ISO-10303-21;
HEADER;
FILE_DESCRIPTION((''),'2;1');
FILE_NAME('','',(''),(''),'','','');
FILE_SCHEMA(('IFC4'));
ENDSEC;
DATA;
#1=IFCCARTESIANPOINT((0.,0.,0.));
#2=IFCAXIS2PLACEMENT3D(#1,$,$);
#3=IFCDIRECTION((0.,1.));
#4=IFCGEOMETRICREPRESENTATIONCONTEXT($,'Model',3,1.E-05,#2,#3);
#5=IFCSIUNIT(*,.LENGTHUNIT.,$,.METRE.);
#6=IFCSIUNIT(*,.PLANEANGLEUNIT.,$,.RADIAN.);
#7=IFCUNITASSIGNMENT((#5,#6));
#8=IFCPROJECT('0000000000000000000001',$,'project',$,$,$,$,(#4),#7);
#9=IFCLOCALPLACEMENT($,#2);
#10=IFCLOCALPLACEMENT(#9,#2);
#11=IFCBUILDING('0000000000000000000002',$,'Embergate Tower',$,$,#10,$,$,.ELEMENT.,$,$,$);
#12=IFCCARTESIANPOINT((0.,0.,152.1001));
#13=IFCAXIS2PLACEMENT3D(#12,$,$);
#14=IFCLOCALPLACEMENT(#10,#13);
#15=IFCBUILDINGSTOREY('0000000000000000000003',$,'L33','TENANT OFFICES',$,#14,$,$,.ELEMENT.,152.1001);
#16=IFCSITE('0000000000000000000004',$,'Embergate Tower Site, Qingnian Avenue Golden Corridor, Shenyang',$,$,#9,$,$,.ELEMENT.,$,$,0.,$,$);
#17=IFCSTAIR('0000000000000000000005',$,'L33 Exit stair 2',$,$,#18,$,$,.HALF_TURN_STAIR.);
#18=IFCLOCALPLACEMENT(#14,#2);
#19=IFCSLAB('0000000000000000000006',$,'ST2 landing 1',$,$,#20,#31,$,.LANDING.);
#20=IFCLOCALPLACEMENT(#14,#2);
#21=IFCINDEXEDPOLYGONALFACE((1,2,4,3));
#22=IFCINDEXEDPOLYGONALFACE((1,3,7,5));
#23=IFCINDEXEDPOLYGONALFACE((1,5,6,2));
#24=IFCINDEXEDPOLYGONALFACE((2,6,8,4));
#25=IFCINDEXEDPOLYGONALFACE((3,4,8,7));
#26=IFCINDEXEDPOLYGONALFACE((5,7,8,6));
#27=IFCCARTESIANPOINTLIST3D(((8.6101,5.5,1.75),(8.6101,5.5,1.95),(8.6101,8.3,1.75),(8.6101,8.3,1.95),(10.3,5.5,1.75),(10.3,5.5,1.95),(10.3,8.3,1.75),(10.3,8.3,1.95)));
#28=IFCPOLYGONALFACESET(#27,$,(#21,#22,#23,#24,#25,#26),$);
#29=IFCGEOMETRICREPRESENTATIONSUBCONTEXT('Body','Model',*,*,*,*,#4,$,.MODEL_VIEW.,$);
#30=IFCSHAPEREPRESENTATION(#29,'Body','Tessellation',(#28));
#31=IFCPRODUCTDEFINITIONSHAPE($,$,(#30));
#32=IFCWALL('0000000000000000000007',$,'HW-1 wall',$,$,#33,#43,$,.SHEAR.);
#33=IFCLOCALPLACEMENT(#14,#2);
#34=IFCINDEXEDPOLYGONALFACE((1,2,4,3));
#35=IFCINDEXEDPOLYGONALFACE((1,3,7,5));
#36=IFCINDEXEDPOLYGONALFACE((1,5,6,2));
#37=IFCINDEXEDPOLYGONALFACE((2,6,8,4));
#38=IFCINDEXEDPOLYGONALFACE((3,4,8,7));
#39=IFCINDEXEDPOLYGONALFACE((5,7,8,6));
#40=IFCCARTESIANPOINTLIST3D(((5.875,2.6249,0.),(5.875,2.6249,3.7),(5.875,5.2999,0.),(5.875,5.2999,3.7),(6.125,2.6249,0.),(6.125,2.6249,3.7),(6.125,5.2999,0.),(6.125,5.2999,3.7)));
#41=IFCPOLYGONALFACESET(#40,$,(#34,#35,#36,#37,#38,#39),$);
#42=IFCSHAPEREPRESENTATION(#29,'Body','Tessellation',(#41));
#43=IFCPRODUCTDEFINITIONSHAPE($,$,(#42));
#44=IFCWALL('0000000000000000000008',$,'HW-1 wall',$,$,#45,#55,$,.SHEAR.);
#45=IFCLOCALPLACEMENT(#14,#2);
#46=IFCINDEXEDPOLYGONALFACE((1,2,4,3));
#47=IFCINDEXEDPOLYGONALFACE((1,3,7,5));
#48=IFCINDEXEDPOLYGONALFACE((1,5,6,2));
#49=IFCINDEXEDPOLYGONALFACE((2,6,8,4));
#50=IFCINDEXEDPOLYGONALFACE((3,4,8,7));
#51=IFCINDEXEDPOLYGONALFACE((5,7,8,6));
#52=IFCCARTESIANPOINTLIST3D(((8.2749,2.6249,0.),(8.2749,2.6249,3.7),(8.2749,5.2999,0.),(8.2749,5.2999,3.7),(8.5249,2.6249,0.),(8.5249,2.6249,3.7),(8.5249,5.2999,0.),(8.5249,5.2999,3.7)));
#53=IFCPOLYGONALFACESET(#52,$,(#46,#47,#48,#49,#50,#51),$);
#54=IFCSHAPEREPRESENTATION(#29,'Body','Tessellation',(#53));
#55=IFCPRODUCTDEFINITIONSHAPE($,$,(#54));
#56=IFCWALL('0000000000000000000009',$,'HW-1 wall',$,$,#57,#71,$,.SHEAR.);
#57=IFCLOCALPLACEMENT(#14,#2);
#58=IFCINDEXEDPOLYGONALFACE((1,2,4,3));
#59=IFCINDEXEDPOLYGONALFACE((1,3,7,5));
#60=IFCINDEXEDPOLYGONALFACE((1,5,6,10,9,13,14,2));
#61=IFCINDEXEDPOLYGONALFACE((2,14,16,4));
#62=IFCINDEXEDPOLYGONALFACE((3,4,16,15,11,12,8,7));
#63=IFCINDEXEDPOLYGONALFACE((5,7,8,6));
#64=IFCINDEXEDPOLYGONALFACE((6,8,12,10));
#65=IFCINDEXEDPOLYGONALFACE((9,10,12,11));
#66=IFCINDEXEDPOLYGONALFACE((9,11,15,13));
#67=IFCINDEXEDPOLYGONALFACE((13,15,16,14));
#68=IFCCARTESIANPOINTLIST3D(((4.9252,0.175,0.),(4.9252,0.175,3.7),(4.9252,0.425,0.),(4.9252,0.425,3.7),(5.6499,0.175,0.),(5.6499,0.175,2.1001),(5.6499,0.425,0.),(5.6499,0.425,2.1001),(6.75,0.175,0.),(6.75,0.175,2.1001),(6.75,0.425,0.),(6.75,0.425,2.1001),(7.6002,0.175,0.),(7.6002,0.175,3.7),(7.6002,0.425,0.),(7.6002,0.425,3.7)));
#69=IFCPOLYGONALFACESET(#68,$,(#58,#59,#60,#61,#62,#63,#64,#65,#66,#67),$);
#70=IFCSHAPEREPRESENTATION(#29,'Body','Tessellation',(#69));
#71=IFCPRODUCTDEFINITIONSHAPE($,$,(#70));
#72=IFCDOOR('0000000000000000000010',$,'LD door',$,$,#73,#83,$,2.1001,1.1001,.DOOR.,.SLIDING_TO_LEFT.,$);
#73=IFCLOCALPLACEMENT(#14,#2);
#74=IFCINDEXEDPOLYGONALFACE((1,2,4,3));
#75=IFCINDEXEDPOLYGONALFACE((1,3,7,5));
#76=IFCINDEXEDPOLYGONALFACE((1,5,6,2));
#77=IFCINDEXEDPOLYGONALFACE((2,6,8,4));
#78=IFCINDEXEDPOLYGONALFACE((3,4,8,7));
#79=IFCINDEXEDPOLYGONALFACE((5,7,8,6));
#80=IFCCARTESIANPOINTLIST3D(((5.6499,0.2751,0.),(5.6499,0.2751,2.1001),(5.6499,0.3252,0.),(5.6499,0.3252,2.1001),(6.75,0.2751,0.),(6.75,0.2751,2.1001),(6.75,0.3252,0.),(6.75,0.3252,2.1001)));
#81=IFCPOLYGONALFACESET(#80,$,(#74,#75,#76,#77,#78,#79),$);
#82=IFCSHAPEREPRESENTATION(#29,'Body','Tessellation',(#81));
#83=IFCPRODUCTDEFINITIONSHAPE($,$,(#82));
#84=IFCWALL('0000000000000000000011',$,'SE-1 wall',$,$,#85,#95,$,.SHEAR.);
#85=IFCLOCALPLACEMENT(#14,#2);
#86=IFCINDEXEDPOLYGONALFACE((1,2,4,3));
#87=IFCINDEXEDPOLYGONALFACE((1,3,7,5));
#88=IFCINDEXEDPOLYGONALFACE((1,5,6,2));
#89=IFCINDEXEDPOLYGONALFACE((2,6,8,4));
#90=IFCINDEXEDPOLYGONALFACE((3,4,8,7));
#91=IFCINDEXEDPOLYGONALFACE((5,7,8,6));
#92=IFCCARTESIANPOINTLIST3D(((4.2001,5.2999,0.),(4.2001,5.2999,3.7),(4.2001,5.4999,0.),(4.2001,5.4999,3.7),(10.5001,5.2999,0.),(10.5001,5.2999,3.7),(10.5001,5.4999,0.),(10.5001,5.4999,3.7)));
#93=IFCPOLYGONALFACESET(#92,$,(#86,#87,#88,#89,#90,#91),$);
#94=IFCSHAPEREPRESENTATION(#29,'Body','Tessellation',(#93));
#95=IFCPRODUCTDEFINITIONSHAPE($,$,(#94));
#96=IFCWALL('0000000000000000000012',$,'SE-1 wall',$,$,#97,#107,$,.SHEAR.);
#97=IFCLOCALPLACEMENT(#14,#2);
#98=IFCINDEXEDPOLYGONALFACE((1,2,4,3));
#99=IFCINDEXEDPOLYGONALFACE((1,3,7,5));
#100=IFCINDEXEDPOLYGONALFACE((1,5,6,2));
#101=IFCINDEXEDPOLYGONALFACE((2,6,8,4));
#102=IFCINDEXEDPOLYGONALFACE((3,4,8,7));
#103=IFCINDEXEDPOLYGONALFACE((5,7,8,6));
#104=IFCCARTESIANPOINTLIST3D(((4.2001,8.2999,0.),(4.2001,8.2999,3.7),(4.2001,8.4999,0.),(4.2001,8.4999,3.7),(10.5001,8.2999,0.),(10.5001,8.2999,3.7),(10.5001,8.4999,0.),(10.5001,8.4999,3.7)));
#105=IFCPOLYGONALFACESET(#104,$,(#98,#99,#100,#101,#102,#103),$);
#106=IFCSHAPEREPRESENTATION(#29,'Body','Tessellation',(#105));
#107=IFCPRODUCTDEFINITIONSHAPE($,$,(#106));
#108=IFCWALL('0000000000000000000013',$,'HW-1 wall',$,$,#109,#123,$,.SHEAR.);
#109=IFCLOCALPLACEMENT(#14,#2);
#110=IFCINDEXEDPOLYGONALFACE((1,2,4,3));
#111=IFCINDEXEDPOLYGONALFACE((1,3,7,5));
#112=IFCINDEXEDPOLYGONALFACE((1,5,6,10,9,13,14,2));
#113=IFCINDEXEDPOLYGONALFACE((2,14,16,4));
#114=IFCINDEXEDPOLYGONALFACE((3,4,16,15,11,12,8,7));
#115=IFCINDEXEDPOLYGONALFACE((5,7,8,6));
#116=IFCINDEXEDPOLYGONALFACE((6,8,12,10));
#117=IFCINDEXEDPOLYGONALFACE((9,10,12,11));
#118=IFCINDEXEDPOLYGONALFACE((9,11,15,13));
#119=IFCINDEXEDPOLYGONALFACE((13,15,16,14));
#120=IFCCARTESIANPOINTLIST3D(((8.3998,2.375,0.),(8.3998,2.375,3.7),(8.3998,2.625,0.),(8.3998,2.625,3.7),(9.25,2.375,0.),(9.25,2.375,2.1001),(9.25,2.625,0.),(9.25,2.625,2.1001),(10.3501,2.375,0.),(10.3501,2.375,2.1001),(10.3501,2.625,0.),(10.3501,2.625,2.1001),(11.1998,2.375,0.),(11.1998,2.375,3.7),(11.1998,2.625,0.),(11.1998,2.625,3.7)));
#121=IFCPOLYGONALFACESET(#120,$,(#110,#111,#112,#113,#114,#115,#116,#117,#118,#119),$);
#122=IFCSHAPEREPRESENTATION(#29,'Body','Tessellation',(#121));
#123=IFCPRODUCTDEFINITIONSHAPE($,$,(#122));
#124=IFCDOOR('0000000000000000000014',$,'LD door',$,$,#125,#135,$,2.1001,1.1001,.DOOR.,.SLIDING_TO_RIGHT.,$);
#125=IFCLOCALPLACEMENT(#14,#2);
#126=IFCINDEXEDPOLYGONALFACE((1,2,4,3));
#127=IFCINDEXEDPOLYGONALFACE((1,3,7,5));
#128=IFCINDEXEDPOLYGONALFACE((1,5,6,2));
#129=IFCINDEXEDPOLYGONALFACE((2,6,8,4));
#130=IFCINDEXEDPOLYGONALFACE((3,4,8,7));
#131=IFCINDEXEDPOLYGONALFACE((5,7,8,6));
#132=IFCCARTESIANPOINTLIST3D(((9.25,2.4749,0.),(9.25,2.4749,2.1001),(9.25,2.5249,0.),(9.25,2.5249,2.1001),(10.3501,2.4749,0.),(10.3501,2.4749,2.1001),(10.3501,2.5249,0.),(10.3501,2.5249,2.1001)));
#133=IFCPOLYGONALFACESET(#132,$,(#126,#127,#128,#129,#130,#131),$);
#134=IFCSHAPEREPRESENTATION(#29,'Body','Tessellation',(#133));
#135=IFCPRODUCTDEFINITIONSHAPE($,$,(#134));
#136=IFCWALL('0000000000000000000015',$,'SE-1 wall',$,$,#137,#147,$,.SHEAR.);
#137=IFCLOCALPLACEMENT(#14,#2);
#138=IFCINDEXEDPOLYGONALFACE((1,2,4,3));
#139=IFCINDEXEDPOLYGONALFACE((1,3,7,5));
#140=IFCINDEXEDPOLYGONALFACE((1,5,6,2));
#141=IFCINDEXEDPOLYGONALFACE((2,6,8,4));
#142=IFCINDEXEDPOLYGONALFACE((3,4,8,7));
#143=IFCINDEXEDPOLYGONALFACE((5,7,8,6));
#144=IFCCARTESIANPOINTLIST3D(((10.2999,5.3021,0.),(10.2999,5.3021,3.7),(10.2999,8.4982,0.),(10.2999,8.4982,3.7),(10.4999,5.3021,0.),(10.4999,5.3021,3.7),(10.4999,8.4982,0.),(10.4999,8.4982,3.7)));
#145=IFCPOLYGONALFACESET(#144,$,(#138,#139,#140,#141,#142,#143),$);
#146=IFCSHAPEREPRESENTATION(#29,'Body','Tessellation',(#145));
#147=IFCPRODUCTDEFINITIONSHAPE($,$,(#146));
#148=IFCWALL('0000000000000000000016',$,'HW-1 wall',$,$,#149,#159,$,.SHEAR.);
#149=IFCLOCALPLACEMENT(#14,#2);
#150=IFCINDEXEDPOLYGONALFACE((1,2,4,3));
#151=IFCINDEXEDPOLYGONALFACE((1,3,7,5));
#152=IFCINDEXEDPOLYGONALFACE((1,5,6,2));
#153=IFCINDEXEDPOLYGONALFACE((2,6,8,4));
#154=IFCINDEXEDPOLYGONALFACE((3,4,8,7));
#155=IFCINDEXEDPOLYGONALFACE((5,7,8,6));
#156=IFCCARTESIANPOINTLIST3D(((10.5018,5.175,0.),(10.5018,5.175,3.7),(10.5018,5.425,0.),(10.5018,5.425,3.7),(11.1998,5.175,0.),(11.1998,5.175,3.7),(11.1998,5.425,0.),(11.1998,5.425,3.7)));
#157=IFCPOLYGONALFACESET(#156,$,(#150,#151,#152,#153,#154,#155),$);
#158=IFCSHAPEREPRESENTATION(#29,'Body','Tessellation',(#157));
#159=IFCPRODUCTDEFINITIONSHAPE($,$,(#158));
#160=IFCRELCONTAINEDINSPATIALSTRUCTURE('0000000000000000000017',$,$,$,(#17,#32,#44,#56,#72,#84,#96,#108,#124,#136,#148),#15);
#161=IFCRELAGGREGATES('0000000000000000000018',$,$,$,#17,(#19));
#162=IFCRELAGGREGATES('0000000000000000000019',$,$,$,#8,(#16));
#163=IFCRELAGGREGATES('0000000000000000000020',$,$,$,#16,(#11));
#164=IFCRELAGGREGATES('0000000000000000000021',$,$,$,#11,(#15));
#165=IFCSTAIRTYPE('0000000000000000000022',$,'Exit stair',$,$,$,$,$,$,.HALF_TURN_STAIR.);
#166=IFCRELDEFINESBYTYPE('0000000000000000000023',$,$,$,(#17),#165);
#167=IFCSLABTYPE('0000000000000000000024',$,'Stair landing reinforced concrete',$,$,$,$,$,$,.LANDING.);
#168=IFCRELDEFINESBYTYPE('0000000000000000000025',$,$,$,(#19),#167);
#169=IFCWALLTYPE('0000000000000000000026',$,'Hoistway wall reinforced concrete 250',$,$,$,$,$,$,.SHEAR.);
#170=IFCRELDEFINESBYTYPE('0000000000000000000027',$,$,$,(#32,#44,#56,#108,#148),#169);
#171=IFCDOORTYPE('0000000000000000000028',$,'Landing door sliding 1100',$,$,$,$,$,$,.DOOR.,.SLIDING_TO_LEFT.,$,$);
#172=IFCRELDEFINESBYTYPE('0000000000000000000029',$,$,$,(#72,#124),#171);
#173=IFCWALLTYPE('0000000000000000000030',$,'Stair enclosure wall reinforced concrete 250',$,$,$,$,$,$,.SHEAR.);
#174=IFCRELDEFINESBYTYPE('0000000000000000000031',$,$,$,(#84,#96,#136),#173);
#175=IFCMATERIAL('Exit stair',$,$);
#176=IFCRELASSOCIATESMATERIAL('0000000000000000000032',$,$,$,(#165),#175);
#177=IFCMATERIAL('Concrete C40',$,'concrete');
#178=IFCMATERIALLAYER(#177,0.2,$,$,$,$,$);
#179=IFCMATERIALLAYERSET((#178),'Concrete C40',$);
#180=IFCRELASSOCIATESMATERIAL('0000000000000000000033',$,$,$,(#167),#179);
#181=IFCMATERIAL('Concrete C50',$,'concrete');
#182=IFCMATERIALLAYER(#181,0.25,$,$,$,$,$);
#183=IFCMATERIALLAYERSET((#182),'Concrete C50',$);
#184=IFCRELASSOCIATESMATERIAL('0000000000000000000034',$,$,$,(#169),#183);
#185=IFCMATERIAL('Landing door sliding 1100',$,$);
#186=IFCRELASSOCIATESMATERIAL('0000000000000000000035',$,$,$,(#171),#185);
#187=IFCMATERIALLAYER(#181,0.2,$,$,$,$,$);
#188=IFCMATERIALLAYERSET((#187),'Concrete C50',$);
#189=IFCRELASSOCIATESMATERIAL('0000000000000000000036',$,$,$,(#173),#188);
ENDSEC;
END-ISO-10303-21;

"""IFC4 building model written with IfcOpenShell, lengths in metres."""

from ifc_helpers import new_model, si_unit, direction, frame, frame_2d, origin, place, context, subcontext, project, spatial, polyline, rectangle, outline, extrude, source, transform, mapped, material, layer, layer_set, type_object, element, fill, aggregate, save


model = new_model("IFC4")

# Units and contexts
model_context = context("Model", 3, precision=1e-05, world=origin(), true_north=direction((0.0, 1.0)))
body_context = subcontext(model_context, "Body", "Model", "MODEL_VIEW")
ifc_project = project(units=[si_unit("LENGTHUNIT", "METRE"), si_unit("PLANEANGLEUNIT", "RADIAN")], contexts=[model_context])

# Site, building, storey
site_placement = place(None, origin())
site = spatial("IfcSite", under=ifc_project, at=site_placement, Name="Embergate Tower Site, Qingnian Avenue Golden Corridor, Shenyang", CompositionType="ELEMENT", RefElevation=0.0)
building_placement = place(site_placement, origin())
building = spatial("IfcBuilding", under=site, at=building_placement, Name="Embergate Tower", CompositionType="ELEMENT")
storey_placement = place(building_placement, frame((0.0, 0.0, 152.1001)))
storey = spatial("IfcBuildingStorey", under=building, at=storey_placement, Name="L33", Description="TENANT OFFICES", CompositionType="ELEMENT", Elevation=152.1001)

# Stair, slab
ifc_material_1 = material(Name="Exit stair")
stair_type = type_object("IfcStairType", Name="Exit stair", PredefinedType="HALF_TURN_STAIR", material=ifc_material_1)
stair_placement = place(storey_placement, origin())
stair = element("IfcStair", 1, at=stair_placement, inside=storey, type_object=stair_type, Name="L33 Exit stair 2", PredefinedType="HALF_TURN_STAIR")
ifc_material_2 = material(Name="Concrete C40", Category="concrete")
ifc_layer_1 = layer(ifc_material_2, 0.2)
ifc_layer_set_1 = layer_set([ifc_layer_1], Name="Concrete C40")
slab_type = type_object("IfcSlabType", Name="Stair landing reinforced concrete", PredefinedType="LANDING", material=ifc_layer_set_1)
shared_shape_1 = source(origin(), body_context, "Body", "SweptSolid", [
    extrude(outline(polyline([(0.0, 0.0), (1.6899, 0.0), (1.6899, 2.8), (0.0, 2.8), (0.0, 0.0)])), origin(), (0.0, 0.0, 1.0), 0.2),
])
slab_placement = place(storey_placement, frame((8.6101, 5.5, 1.75)))
slab = element("IfcSlab", 2, at=slab_placement, type_object=slab_type, Name="ST2 landing 1", PredefinedType="LANDING", context=body_context, shape_type="MappedRepresentation", body=[
    mapped(shared_shape_1, transform((0.0, 0.0, 0.0))),
])

# Walls
ifc_material_3 = material(Name="Concrete C50", Category="concrete")
ifc_layer_2 = layer(ifc_material_3, 0.25)
ifc_layer_set_2 = layer_set([ifc_layer_2], Name="Concrete C50")
wall_type_1 = type_object("IfcWallType", Name="Hoistway wall reinforced concrete 250", PredefinedType="SHEAR", material=ifc_layer_set_2)
shared_shape_2 = source(origin(), body_context, "Body", "SweptSolid", [
    extrude(rectangle(XDim=2.675, YDim=0.25, at=frame_2d((1.3374, 0.0))), origin(), (0.0, 0.0, 1.0), 3.7),
])
for number, where, z_axis, x_axis, name in (
    (3, (6.0, 2.625, 0.0), (0.0, 0.0, 1.0), (0.0, 1.0, 0.0), "HW-1 wall"),
    (4, (8.3999, 2.625, 0.0), (0.0, 0.0, 1.0), (0.0, 1.0, 0.0), "HW-1 wall"),
):
    element("IfcWall", number, at=place(storey_placement, frame(where, z_axis=z_axis, x_axis=x_axis)), inside=storey, type_object=wall_type_1, Name=name, PredefinedType="SHEAR", context=body_context, shape_type="MappedRepresentation", body=[
        mapped(shared_shape_2, transform((0.0, 0.0, 0.0))),
    ])

# Wall, opening, door
wall_1_placement = place(storey_placement, frame((7.6001, 0.3, 0.0), z_axis=(0.0, 0.0, 1.0), x_axis=(-1.0, 0.0, 0.0)))
wall_1 = element("IfcWall", 5, at=wall_1_placement, inside=storey, type_object=wall_type_1, Name="HW-1 wall", PredefinedType="SHEAR", context=body_context, shape_type="MappedRepresentation", body=[
    mapped(shared_shape_2, transform((0.0, 0.0, 0.0))),
])
shared_shape_3 = source(origin(), body_context, "Body", "SweptSolid", [
    extrude(rectangle(XDim=1.1001, YDim=2.1001, at=frame_2d((0.55, 1.05))), frame((0.0, 0.135, 0.0), z_axis=(0.0, -1.0, 0.0), x_axis=(1.0, 0.0, 0.0)), (0.0, 0.0, 1.0), 0.27),
])
opening_1_placement = place(wall_1_placement, frame((0.8501, 0.0, 0.0)))
opening_1 = element("IfcOpeningElement", 6, at=opening_1_placement, cuts=wall_1, PredefinedType="OPENING", context=body_context, shape_type="MappedRepresentation", body=[
    mapped(shared_shape_3, transform((0.0, 0.0, 0.0))),
])
ifc_material_4 = material(Name="Landing door sliding 1100")
door_type_1 = type_object("IfcDoorType", Name="Landing door sliding 1100", OperationType="SLIDING_TO_LEFT", PredefinedType="DOOR", material=ifc_material_4)
shared_shape_4 = source(origin(), body_context, "Body", "SweptSolid", [
    extrude(rectangle(XDim=1.1001, YDim=2.1001, at=frame_2d((0.55, 1.05))), frame((0.0, 0.0249, 0.0), z_axis=(0.0, -1.0, 0.0), x_axis=(1.0, 0.0, 0.0)), (0.0, 0.0, 1.0), 0.05),
])
door_1_placement = place(opening_1_placement, origin())
door_1 = element("IfcDoor", 7, at=door_1_placement, inside=storey, type_object=door_type_1, Name="LD door", OperationType="SLIDING_TO_LEFT", OverallHeight=2.1001, OverallWidth=1.1001, PredefinedType="DOOR", context=body_context, shape_type="MappedRepresentation", body=[
    mapped(shared_shape_4, transform((0.0, 0.0, 0.0))),
])
fill(opening_1, door_1)

# Walls
ifc_layer_3 = layer(ifc_material_3, 0.2)
ifc_layer_set_3 = layer_set([ifc_layer_3], Name="Concrete C50")
wall_type_2 = type_object("IfcWallType", Name="Stair enclosure wall reinforced concrete 250", PredefinedType="SHEAR", material=ifc_layer_set_3)
shared_shape_5 = source(origin(), body_context, "Body", "SweptSolid", [
    extrude(rectangle(XDim=6.3, YDim=0.2, at=frame_2d((3.1499, 0.0))), origin(), (0.0, 0.0, 1.0), 3.7),
])
for number, where, z_axis, x_axis, name in (
    (8, (10.5, 5.3999, 0.0), (0.0, 0.0, 1.0), (-1.0, 0.0, 0.0), "SE-1 wall"),
    (9, (10.5, 8.3999, 0.0), (0.0, 0.0, 1.0), (-1.0, 0.0, 0.0), "SE-1 wall"),
):
    element("IfcWall", number, at=place(storey_placement, frame(where, z_axis=z_axis, x_axis=x_axis)), inside=storey, type_object=wall_type_2, Name=name, PredefinedType="SHEAR", context=body_context, shape_type="MappedRepresentation", body=[
        mapped(shared_shape_5, transform((0.0, 0.0, 0.0))),
    ])

# Wall, opening, door
shared_shape_6 = source(origin(), body_context, "Body", "SweptSolid", [
    extrude(rectangle(XDim=2.8, YDim=0.25, at=frame_2d((1.3999, 0.0))), origin(), (0.0, 0.0, 1.0), 3.7),
])
wall_2_placement = place(storey_placement, frame((8.3999, 2.5, 0.0), z_axis=(0.0, 0.0, 1.0), x_axis=(1.0, 0.0, 0.0)))
wall_2 = element("IfcWall", 10, at=wall_2_placement, inside=storey, type_object=wall_type_1, Name="HW-1 wall", PredefinedType="SHEAR", context=body_context, shape_type="MappedRepresentation", body=[
    mapped(shared_shape_6, transform((0.0, 0.0, 0.0))),
])
opening_2_placement = place(wall_2_placement, frame((0.8501, 0.0, 0.0)))
opening_2 = element("IfcOpeningElement", 11, at=opening_2_placement, cuts=wall_2, PredefinedType="OPENING", context=body_context, shape_type="MappedRepresentation", body=[
    mapped(shared_shape_3, transform((0.0, 0.0, 0.0))),
])
door_2_placement = place(opening_2_placement, origin())
door_2 = element("IfcDoor", 12, at=door_2_placement, inside=storey, type_object=door_type_1, Name="LD door", OperationType="SLIDING_TO_RIGHT", OverallHeight=2.1001, OverallWidth=1.1001, PredefinedType="DOOR", context=body_context, shape_type="MappedRepresentation", body=[
    mapped(shared_shape_4, transform((0.0, 0.0, 0.0))),
])
fill(opening_2, door_2)

# Walls
shared_shape_7 = source(origin(), body_context, "Body", "SweptSolid", [
    extrude(rectangle(XDim=3.196, YDim=0.2, at=frame_2d((1.5981, 0.0))), origin(), (0.0, 0.0, 1.0), 3.7),
])
wall_3_placement = place(storey_placement, frame((10.3999, 5.302, 0.0), z_axis=(0.0, 0.0, 1.0), x_axis=(0.0, 1.0, 0.0)))
element("IfcWall", 13, at=wall_3_placement, inside=storey, type_object=wall_type_2, Name="SE-1 wall", PredefinedType="SHEAR", context=body_context, shape_type="MappedRepresentation", body=[
    mapped(shared_shape_7, transform((0.0, 0.0, 0.0))),
])
shared_shape_8 = source(origin(), body_context, "Body", "SweptSolid", [
    extrude(rectangle(XDim=0.698, YDim=0.25, at=frame_2d((0.3491, 0.0))), origin(), (0.0, 0.0, 1.0), 3.7),
])
wall_4_placement = place(storey_placement, frame((11.2, 5.3, 0.0), z_axis=(0.0, 0.0, 1.0), x_axis=(-1.0, 0.0, 0.0)))
element("IfcWall", 14, at=wall_4_placement, inside=storey, type_object=wall_type_1, Name="HW-1 wall", PredefinedType="SHEAR", context=body_context, shape_type="MappedRepresentation", body=[
    mapped(shared_shape_8, transform((0.0, 0.0, 0.0))),
])

aggregate(stair, [slab])

save(model, "model.ifc")
